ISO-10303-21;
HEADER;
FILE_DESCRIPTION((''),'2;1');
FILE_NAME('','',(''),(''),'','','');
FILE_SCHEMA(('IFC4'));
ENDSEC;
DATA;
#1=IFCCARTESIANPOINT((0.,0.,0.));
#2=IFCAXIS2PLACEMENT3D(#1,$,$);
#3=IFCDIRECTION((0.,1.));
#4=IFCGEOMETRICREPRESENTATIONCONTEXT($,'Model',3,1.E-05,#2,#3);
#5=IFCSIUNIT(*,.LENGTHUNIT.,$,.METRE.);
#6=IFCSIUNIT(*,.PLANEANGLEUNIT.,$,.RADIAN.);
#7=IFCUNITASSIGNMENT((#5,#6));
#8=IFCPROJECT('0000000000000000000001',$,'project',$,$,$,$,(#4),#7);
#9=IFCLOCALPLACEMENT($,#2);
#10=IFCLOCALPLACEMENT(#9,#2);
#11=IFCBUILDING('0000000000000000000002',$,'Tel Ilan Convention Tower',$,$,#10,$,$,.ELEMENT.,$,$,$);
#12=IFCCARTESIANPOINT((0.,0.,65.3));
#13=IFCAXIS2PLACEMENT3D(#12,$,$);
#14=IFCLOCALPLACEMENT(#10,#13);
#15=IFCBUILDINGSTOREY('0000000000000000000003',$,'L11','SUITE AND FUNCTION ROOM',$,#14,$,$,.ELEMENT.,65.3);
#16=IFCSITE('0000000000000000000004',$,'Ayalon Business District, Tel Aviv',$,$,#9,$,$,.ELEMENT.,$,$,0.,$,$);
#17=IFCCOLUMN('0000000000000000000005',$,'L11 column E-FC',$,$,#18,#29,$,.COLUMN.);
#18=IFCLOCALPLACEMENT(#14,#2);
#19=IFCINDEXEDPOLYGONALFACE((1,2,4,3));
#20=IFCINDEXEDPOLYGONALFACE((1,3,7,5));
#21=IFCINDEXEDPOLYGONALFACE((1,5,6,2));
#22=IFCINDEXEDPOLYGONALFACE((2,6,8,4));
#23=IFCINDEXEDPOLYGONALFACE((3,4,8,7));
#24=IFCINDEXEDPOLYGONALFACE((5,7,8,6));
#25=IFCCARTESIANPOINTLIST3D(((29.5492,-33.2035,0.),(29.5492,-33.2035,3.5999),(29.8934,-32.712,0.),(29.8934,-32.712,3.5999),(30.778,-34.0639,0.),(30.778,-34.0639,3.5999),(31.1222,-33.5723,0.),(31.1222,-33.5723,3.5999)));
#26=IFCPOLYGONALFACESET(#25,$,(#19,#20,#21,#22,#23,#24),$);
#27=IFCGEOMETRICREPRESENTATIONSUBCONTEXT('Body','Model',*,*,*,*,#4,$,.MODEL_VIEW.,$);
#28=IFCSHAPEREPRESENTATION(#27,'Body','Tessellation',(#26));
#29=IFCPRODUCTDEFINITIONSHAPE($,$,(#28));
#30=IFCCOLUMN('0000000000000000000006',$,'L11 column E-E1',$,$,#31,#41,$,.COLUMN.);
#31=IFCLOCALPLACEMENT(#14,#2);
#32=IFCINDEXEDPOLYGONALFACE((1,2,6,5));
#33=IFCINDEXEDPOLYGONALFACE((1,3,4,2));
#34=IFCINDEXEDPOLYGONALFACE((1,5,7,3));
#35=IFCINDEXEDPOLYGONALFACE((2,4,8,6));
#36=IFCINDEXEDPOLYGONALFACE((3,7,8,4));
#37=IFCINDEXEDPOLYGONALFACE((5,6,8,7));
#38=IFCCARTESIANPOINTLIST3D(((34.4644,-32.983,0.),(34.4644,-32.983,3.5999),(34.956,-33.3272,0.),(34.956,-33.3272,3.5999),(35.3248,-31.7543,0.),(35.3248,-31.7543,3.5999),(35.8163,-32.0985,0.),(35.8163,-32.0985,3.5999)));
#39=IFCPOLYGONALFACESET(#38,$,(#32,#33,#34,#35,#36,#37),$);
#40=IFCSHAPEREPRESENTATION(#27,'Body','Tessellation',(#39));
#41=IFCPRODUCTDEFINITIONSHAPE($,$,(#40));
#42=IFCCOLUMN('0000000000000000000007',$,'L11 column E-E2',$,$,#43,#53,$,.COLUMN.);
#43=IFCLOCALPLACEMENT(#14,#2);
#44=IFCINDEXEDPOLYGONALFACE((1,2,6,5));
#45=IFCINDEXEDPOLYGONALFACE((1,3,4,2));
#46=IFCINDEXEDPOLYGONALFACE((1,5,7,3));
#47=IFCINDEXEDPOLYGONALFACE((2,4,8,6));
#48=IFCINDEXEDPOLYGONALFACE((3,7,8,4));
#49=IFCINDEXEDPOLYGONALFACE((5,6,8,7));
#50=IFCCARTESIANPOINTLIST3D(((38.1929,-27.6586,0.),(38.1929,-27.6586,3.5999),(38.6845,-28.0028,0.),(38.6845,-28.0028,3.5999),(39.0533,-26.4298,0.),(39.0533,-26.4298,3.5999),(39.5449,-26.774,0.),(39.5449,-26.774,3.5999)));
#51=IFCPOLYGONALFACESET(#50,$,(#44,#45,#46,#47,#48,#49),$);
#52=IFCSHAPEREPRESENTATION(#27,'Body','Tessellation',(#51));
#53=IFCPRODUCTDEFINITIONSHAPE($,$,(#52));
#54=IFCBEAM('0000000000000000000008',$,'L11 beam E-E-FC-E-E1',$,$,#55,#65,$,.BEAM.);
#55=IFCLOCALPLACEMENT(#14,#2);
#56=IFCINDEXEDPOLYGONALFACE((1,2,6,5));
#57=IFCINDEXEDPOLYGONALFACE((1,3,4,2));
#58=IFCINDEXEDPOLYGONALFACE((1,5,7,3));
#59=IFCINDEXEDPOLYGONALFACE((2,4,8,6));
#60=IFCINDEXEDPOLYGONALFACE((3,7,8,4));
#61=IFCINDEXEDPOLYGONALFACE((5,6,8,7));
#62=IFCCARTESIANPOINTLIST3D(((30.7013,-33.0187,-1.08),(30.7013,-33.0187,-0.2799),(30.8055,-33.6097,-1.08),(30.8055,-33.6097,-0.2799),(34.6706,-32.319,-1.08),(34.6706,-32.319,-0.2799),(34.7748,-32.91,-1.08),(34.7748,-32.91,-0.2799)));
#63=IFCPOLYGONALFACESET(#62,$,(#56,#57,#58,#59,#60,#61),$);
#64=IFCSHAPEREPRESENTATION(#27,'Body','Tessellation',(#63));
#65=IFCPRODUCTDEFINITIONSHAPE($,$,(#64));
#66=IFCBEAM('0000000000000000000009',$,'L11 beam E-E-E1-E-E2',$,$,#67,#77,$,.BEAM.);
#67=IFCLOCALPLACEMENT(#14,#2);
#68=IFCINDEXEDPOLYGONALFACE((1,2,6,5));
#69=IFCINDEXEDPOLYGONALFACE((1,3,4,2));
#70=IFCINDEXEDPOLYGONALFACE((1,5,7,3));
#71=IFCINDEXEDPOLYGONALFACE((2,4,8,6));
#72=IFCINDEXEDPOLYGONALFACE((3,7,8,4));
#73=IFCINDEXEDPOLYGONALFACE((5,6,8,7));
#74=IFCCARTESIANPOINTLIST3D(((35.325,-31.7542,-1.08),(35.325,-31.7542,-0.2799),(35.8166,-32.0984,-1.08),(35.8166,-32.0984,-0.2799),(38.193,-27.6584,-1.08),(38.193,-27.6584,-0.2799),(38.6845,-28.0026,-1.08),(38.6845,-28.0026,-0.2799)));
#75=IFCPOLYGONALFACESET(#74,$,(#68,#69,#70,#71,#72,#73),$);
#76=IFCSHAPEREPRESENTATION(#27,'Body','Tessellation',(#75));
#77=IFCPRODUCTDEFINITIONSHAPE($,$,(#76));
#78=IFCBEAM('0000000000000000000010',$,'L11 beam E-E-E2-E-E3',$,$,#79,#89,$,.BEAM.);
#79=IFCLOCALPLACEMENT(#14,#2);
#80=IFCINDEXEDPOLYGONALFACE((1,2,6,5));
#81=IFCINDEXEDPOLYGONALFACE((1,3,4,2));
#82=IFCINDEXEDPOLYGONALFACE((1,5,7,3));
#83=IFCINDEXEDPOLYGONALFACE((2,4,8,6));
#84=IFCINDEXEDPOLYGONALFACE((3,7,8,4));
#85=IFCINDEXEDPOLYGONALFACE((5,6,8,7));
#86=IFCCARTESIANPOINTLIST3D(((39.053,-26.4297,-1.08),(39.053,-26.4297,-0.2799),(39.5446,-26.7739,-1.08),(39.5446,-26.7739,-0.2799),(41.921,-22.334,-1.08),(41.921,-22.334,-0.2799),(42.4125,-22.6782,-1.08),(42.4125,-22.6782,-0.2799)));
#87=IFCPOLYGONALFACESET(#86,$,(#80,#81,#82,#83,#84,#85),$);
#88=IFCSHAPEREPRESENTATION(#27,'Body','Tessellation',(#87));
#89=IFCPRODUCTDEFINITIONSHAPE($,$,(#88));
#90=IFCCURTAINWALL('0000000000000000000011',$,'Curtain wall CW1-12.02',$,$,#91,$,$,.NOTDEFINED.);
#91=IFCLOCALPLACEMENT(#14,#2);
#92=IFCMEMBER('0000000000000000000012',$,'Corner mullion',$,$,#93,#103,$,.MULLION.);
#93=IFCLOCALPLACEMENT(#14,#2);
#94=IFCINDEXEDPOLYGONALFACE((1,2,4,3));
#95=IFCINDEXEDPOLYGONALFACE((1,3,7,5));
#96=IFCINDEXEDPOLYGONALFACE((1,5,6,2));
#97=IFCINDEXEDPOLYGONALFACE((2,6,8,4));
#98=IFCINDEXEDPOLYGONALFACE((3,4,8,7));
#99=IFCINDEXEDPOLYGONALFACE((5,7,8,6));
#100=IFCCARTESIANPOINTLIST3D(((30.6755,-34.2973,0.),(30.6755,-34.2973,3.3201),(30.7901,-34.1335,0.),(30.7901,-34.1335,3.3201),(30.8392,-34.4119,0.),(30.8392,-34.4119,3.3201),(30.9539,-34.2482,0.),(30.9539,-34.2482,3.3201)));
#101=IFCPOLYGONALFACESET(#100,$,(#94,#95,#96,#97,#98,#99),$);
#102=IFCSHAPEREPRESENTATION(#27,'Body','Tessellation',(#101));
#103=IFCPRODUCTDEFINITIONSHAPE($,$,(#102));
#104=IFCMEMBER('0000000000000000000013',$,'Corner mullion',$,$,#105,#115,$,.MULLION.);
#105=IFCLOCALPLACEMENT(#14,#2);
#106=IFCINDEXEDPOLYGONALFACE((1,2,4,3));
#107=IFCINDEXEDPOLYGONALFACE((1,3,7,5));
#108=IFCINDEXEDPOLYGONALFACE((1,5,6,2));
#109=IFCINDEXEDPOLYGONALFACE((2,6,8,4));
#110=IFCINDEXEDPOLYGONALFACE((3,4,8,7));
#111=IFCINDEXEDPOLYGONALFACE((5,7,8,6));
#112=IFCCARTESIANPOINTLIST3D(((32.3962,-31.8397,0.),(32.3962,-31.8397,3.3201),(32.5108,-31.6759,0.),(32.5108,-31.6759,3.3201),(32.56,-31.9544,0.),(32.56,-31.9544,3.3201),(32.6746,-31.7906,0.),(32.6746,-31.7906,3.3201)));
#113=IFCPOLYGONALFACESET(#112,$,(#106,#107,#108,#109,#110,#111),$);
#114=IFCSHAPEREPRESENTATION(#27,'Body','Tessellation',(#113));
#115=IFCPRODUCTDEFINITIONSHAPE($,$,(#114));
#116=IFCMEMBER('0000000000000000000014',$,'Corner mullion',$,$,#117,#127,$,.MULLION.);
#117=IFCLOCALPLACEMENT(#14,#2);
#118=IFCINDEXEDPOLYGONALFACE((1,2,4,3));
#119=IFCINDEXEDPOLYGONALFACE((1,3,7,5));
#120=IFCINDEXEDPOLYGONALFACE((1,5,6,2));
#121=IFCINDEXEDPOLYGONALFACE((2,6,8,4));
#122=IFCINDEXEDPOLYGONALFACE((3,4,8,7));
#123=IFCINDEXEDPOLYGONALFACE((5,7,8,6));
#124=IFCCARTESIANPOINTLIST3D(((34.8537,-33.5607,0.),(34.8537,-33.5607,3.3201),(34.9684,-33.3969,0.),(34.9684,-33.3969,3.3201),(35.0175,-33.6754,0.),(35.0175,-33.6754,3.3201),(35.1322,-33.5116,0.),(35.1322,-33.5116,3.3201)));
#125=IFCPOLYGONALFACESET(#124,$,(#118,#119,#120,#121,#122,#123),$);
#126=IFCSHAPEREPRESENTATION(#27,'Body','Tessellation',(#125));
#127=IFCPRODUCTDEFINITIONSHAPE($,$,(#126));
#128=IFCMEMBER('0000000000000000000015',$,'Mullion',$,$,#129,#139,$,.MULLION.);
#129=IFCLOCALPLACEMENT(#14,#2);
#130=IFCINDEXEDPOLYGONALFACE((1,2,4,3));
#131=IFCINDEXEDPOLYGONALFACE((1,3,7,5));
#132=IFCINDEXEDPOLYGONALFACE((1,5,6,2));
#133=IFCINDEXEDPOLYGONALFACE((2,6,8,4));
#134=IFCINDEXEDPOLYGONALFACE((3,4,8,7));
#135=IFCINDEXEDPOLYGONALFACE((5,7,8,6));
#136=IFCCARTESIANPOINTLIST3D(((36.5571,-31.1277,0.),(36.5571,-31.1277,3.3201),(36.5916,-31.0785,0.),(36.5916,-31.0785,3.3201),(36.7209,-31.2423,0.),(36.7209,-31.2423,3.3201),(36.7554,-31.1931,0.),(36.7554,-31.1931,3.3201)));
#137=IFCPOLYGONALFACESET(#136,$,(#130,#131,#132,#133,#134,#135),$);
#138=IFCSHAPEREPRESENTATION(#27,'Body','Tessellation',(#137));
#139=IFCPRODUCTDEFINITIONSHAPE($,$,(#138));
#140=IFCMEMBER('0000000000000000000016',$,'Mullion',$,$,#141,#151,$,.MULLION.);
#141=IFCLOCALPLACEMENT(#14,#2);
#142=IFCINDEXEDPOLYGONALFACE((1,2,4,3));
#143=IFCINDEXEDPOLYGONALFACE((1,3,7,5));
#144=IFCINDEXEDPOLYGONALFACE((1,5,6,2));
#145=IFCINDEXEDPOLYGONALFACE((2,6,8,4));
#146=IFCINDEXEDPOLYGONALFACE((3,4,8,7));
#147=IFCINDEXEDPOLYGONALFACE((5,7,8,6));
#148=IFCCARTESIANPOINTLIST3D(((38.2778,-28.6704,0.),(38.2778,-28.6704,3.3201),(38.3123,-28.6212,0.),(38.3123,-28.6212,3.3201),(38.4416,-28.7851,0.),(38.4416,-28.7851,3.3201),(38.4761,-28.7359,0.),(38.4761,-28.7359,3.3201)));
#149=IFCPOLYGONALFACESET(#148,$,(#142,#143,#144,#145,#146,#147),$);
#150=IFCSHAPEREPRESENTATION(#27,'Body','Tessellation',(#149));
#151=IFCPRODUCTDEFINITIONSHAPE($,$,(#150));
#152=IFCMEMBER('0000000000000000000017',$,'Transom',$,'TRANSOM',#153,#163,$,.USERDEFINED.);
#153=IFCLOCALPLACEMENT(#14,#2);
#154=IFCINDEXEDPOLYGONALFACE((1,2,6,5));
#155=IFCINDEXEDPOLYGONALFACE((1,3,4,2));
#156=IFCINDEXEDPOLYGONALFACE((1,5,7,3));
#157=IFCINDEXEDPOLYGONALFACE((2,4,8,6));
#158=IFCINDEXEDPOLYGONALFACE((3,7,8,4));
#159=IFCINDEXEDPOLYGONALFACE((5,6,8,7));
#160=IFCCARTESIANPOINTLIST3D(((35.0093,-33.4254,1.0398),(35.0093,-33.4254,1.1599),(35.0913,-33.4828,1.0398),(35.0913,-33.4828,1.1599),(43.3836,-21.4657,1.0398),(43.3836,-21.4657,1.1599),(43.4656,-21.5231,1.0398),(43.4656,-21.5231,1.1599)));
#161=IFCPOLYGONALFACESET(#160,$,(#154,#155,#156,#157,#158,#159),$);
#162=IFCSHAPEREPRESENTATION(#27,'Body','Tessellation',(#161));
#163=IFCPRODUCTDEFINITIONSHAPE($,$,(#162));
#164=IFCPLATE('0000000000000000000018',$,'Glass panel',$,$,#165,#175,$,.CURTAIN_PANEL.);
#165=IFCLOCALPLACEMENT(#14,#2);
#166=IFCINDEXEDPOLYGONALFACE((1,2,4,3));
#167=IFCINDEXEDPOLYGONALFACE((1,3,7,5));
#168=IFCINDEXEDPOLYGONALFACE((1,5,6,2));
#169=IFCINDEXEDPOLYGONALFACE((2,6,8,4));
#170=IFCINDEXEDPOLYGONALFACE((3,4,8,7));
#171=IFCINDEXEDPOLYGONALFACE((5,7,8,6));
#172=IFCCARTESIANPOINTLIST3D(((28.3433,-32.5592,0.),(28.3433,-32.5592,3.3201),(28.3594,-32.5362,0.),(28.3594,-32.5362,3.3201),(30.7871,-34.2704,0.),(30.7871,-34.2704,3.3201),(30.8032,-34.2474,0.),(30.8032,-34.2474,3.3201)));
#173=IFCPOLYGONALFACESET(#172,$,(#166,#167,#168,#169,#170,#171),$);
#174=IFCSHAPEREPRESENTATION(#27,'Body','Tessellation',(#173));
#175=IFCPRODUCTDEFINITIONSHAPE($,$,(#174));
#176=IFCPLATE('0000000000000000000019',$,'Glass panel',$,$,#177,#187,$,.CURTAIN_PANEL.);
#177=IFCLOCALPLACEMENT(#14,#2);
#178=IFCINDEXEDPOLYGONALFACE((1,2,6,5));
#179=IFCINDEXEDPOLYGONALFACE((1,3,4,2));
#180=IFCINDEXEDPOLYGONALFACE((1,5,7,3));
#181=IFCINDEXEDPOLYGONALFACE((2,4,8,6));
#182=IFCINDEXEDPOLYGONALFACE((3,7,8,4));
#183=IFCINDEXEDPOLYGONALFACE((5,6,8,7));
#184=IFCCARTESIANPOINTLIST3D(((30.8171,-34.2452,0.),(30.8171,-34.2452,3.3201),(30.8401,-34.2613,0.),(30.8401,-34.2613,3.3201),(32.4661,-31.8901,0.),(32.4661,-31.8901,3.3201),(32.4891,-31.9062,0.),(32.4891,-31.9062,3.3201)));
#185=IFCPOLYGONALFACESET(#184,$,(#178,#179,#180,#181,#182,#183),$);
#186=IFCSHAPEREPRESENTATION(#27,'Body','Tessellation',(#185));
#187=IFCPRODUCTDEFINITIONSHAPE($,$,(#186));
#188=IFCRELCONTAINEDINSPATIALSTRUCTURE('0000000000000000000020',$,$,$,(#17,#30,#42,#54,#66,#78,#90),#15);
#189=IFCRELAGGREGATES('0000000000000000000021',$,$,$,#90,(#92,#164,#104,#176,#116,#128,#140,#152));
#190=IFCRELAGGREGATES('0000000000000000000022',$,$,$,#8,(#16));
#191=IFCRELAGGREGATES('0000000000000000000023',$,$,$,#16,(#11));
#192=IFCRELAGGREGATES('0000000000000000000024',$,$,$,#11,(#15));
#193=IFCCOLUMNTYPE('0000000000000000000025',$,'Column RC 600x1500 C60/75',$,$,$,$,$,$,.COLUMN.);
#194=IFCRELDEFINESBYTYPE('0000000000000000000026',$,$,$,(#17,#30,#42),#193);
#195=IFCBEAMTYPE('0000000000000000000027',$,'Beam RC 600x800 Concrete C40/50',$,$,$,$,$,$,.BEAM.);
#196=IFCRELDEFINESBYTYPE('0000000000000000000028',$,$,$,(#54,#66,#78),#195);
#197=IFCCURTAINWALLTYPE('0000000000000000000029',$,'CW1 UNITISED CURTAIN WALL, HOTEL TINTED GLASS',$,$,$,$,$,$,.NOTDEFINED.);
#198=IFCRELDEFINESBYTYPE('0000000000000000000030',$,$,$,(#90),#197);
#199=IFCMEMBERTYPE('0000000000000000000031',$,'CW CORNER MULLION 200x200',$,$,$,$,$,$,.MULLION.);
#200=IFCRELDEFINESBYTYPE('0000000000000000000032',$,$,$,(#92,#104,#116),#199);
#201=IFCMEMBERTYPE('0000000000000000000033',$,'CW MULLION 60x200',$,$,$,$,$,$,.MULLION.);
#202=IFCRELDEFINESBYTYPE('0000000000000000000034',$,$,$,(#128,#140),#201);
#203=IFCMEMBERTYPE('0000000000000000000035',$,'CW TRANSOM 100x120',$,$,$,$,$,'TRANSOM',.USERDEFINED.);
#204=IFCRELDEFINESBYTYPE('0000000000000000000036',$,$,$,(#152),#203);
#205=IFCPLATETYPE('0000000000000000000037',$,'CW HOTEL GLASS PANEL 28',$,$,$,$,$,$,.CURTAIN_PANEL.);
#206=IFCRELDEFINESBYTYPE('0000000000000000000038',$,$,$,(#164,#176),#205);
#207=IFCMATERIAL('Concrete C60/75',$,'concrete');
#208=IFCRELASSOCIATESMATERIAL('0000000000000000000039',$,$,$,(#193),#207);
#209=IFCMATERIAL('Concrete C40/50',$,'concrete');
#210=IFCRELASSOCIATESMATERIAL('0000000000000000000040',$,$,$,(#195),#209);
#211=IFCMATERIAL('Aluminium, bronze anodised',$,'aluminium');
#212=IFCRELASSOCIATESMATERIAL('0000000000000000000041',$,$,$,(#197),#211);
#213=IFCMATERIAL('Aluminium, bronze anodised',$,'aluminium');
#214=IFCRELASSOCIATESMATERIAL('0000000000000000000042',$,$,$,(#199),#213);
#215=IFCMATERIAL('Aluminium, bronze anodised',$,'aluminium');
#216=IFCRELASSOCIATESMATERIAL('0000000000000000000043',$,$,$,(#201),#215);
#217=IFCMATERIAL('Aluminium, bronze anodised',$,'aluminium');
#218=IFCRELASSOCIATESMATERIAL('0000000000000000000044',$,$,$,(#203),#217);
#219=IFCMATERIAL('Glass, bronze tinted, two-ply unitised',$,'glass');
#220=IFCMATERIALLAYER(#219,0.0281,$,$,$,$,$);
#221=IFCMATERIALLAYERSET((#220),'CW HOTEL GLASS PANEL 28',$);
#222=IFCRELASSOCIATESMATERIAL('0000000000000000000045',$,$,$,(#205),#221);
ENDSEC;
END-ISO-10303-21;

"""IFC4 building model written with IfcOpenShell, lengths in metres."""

from ifc_helpers import new_model, si_unit, direction, frame, origin, origin_2d, place, context, subcontext, project, spatial, rectangle, extrude, material, layer, layer_set, material_profile, profile_set, type_object, element, aggregate, save


model = new_model("IFC4")

# Units and contexts
model_context = context("Model", 3, precision=1e-05, world=origin(), true_north=direction((0.0, 1.0)))
body_context = subcontext(model_context, "Body", "Model", "MODEL_VIEW")
ifc_project = project(units=[si_unit("LENGTHUNIT", "METRE"), si_unit("PLANEANGLEUNIT", "RADIAN")], contexts=[model_context])

# Site, building, storey
site_placement = place(None, origin())
site = spatial("IfcSite", under=ifc_project, at=site_placement, Name="Ayalon Business District, Tel Aviv", CompositionType="ELEMENT", RefElevation=0.0)
building_placement = place(site_placement, origin())
building = spatial("IfcBuilding", under=site, at=building_placement, Name="Tel Ilan Convention Tower", CompositionType="ELEMENT")
storey_placement = place(building_placement, frame((0.0, 0.0, 65.3)))
storey = spatial("IfcBuildingStorey", under=building, at=storey_placement, Name="L11", Description="SUITE AND FUNCTION ROOM", CompositionType="ELEMENT", Elevation=65.3)

# Columns
ifc_material_1 = material(Name="Concrete C60/75", Category="concrete")
ifc_material_profile_1 = material_profile(ifc_material_1, rectangle(XDim=1.5, YDim=0.6001, at=origin_2d()), Name="RC 600x1500")
ifc_profile_set_1 = profile_set([ifc_material_profile_1], Name="Concrete C60/75")
column_type = type_object("IfcColumnType", Name="Column RC 600x1500 C60/75", PredefinedType="COLUMN", material=ifc_profile_set_1)
for number, where, z_axis, x_axis, name in (
    (1, (30.3357, -33.3879, 0.0), (0.0, 0.0, 1.0), (0.819152, -0.573576, 0.0), "L11 column E-FC"),
    (2, (35.1404, -32.5408, 0.0), (0.0, 0.0, 1.0), (0.573576, 0.819152, 0.0), "L11 column E-E1"),
    (3, (38.8689, -27.2163, 0.0), (0.0, 0.0, 1.0), (0.573576, 0.819152, 0.0), "L11 column E-E2"),
):
    element("IfcColumn", number, at=place(storey_placement, frame(where, z_axis=z_axis, x_axis=x_axis)), inside=storey, type_object=column_type, Name=name, PredefinedType="COLUMN", context=body_context, shape_type="SweptSolid", body=[
        extrude(rectangle(XDim=1.5, YDim=0.6001, at=origin_2d()), origin(), (0.0, 0.0, 1.0), 3.5999),
    ])

# Beams
ifc_material_2 = material(Name="Concrete C40/50", Category="concrete")
ifc_material_profile_2 = material_profile(ifc_material_2, rectangle(XDim=0.6001, YDim=0.8, at=origin_2d()), Name="RC 600x800")
ifc_profile_set_2 = profile_set([ifc_material_profile_2], Name="Concrete C40/50")
beam_type = type_object("IfcBeamType", Name="Beam RC 600x800 Concrete C40/50", PredefinedType="BEAM", material=ifc_profile_set_2)
beam_placement = place(storey_placement, frame((30.7534, -33.3142, -0.6799), z_axis=(0.984815, 0.173606, 0.0), x_axis=(-0.173606, 0.984815, 0.0)))
element("IfcBeam", 4, at=beam_placement, inside=storey, type_object=beam_type, Name="L11 beam E-E-FC-E-E1", PredefinedType="BEAM", context=body_context, shape_type="SweptSolid", body=[
    extrude(rectangle(XDim=0.6001, YDim=0.8, at=origin_2d()), origin(), (0.0, 0.0, 1.0), 4.0305),
])
for number, where, z_axis, x_axis, name in (
    (5, (35.5708, -31.9263, -0.6799), (0.573587, 0.819145, 0.0), (-0.819145, 0.573587, 0.0), "L11 beam E-E-E1-E-E2"),
    (6, (39.2988, -26.6018, -0.6799), (0.573587, 0.819145, 0.0), (-0.819145, 0.573587, 0.0), "L11 beam E-E-E2-E-E3"),
):
    element("IfcBeam", number, at=place(storey_placement, frame(where, z_axis=z_axis, x_axis=x_axis)), inside=storey, type_object=beam_type, Name=name, PredefinedType="BEAM", context=body_context, shape_type="SweptSolid", body=[
        extrude(rectangle(XDim=0.6001, YDim=0.8, at=origin_2d()), origin(), (0.0, 0.0, 1.0), 5.0),
    ])

# Curtain wall, members, plates
ifc_material_3 = material(Name="Aluminium, bronze anodised", Category="aluminium")
curtain_wall_type = type_object("IfcCurtainWallType", Name="CW1 UNITISED CURTAIN WALL, HOTEL TINTED GLASS", PredefinedType="NOTDEFINED", material=ifc_material_3)
curtain_wall_placement = place(storey_placement, origin())
curtain_wall = element("IfcCurtainWall", 7, at=curtain_wall_placement, inside=storey, type_object=curtain_wall_type, Name="Curtain wall CW1-12.02", PredefinedType="NOTDEFINED")
ifc_material_4 = material(Name="Aluminium, bronze anodised", Category="aluminium")
ifc_material_profile_3 = material_profile(ifc_material_4, rectangle(XDim=0.2, YDim=0.2, at=origin_2d()), Name="CW CORNER MULLION 200x200")
ifc_profile_set_3 = profile_set([ifc_material_profile_3], Name="Aluminium, bronze anodised")
member_type_1 = type_object("IfcMemberType", Name="CW CORNER MULLION 200x200", PredefinedType="MULLION", material=ifc_profile_set_3)
member_1_placement = place(storey_placement, frame((30.8147, -34.2727, 0.0), z_axis=(0.0, 0.0, 1.0), x_axis=(0.819152, -0.573576, 0.0)))
member_1 = element("IfcMember", 8, at=member_1_placement, type_object=member_type_1, Name="Corner mullion", PredefinedType="MULLION", context=body_context, shape_type="SweptSolid", body=[
    extrude(rectangle(XDim=0.2, YDim=0.2, at=origin_2d()), origin(), (0.0, 0.0, 1.0), 3.3201),
])
member_2_placement = place(storey_placement, frame((32.5354, -31.8152, 0.0), z_axis=(0.0, 0.0, 1.0), x_axis=(0.573576, 0.819152, 0.0)))
member_2 = element("IfcMember", 9, at=member_2_placement, type_object=member_type_1, Name="Corner mullion", PredefinedType="MULLION", context=body_context, shape_type="SweptSolid", body=[
    extrude(rectangle(XDim=0.2, YDim=0.2, at=origin_2d()), origin(), (0.0, 0.0, 1.0), 3.3201),
])
member_3_placement = place(storey_placement, frame((34.9929, -33.5361, 0.0), z_axis=(0.0, 0.0, 1.0), x_axis=(0.819152, -0.573576, 0.0)))
member_3 = element("IfcMember", 10, at=member_3_placement, type_object=member_type_1, Name="Corner mullion", PredefinedType="MULLION", context=body_context, shape_type="SweptSolid", body=[
    extrude(rectangle(XDim=0.2, YDim=0.2, at=origin_2d()), origin(), (0.0, 0.0, 1.0), 3.3201),
])
ifc_material_5 = material(Name="Aluminium, bronze anodised", Category="aluminium")
ifc_material_profile_4 = material_profile(ifc_material_5, rectangle(XDim=0.0601, YDim=0.2, at=origin_2d()), Name="CW MULLION 60x200")
ifc_profile_set_4 = profile_set([ifc_material_profile_4], Name="Aluminium, bronze anodised")
member_type_2 = type_object("IfcMemberType", Name="CW MULLION 60x200", PredefinedType="MULLION", material=ifc_profile_set_4)
member_4_placement = place(storey_placement, frame((36.6562, -31.1604, 0.0), z_axis=(0.0, 0.0, 1.0), x_axis=(0.573576, 0.819152, 0.0)))
member_4 = element("IfcMember", 11, at=member_4_placement, type_object=member_type_2, Name="Mullion", PredefinedType="MULLION", context=body_context, shape_type="SweptSolid", body=[
    extrude(rectangle(XDim=0.0601, YDim=0.2, at=origin_2d()), origin(), (0.0, 0.0, 1.0), 3.3201),
])
member_5_placement = place(storey_placement, frame((38.377, -28.7031, 0.0), z_axis=(0.0, 0.0, 1.0), x_axis=(0.573576, 0.819152, 0.0)))
member_5 = element("IfcMember", 12, at=member_5_placement, type_object=member_type_2, Name="Mullion", PredefinedType="MULLION", context=body_context, shape_type="SweptSolid", body=[
    extrude(rectangle(XDim=0.0601, YDim=0.2, at=origin_2d()), origin(), (0.0, 0.0, 1.0), 3.3201),
])
ifc_material_6 = material(Name="Aluminium, bronze anodised", Category="aluminium")
ifc_material_profile_5 = material_profile(ifc_material_6, rectangle(XDim=0.1001, YDim=0.1201, at=origin_2d()), Name="CW TRANSOM 100x120")
ifc_profile_set_5 = profile_set([ifc_material_profile_5], Name="Aluminium, bronze anodised")
member_type_3 = type_object("IfcMemberType", Name="CW TRANSOM 100x120", ElementType="TRANSOM", PredefinedType="USERDEFINED", material=ifc_profile_set_5)
member_6_placement = place(storey_placement, frame((35.0503, -33.4541, 1.0999), z_axis=(0.573576, 0.819153, 0.0), x_axis=(-0.819153, 0.573576, 0.0)))
member_6 = element("IfcMember", 13, at=member_6_placement, type_object=member_type_3, Name="Transom", ObjectType="TRANSOM", PredefinedType="USERDEFINED", context=body_context, shape_type="SweptSolid", body=[
    extrude(rectangle(XDim=0.1001, YDim=0.1201, at=origin_2d()), origin(), (0.0, 0.0, 1.0), 14.6001),
])
ifc_material_7 = material(Name="Glass, bronze tinted, two-ply unitised", Category="glass")
ifc_layer_1 = layer(ifc_material_7, 0.0281)
ifc_layer_set_1 = layer_set([ifc_layer_1], Name="CW HOTEL GLASS PANEL 28")
plate_type = type_object("IfcPlateType", Name="CW HOTEL GLASS PANEL 28", PredefinedType="CURTAIN_PANEL", material=ifc_layer_set_1)
plate_1_placement = place(storey_placement, frame((29.5732, -33.4033, 0.0), z_axis=(0.0, 0.0, 1.0), x_axis=(0.819152, -0.573576, 0.0)))
plate_1 = element("IfcPlate", 14, at=plate_1_placement, type_object=plate_type, Name="Glass panel", PredefinedType="CURTAIN_PANEL", context=body_context, shape_type="SweptSolid", body=[
    extrude(rectangle(XDim=2.9834, YDim=0.0281, at=origin_2d()), origin(), (0.0, 0.0, 1.0), 3.3201),
])
plate_2_placement = place(storey_placement, frame((31.6531, -33.0757, 0.0), z_axis=(0.0, 0.0, 1.0), x_axis=(0.573576, 0.819152, 0.0)))
plate_2 = element("IfcPlate", 15, at=plate_2_placement, type_object=plate_type, Name="Glass panel", PredefinedType="CURTAIN_PANEL", context=body_context, shape_type="SweptSolid", body=[
    extrude(rectangle(XDim=2.875, YDim=0.0281, at=origin_2d()), origin(), (0.0, 0.0, 1.0), 3.3201),
])
aggregate(curtain_wall, [member_1, plate_1, member_2, plate_2, member_3, member_4, member_5, member_6])

save(model, "model.ifc")
